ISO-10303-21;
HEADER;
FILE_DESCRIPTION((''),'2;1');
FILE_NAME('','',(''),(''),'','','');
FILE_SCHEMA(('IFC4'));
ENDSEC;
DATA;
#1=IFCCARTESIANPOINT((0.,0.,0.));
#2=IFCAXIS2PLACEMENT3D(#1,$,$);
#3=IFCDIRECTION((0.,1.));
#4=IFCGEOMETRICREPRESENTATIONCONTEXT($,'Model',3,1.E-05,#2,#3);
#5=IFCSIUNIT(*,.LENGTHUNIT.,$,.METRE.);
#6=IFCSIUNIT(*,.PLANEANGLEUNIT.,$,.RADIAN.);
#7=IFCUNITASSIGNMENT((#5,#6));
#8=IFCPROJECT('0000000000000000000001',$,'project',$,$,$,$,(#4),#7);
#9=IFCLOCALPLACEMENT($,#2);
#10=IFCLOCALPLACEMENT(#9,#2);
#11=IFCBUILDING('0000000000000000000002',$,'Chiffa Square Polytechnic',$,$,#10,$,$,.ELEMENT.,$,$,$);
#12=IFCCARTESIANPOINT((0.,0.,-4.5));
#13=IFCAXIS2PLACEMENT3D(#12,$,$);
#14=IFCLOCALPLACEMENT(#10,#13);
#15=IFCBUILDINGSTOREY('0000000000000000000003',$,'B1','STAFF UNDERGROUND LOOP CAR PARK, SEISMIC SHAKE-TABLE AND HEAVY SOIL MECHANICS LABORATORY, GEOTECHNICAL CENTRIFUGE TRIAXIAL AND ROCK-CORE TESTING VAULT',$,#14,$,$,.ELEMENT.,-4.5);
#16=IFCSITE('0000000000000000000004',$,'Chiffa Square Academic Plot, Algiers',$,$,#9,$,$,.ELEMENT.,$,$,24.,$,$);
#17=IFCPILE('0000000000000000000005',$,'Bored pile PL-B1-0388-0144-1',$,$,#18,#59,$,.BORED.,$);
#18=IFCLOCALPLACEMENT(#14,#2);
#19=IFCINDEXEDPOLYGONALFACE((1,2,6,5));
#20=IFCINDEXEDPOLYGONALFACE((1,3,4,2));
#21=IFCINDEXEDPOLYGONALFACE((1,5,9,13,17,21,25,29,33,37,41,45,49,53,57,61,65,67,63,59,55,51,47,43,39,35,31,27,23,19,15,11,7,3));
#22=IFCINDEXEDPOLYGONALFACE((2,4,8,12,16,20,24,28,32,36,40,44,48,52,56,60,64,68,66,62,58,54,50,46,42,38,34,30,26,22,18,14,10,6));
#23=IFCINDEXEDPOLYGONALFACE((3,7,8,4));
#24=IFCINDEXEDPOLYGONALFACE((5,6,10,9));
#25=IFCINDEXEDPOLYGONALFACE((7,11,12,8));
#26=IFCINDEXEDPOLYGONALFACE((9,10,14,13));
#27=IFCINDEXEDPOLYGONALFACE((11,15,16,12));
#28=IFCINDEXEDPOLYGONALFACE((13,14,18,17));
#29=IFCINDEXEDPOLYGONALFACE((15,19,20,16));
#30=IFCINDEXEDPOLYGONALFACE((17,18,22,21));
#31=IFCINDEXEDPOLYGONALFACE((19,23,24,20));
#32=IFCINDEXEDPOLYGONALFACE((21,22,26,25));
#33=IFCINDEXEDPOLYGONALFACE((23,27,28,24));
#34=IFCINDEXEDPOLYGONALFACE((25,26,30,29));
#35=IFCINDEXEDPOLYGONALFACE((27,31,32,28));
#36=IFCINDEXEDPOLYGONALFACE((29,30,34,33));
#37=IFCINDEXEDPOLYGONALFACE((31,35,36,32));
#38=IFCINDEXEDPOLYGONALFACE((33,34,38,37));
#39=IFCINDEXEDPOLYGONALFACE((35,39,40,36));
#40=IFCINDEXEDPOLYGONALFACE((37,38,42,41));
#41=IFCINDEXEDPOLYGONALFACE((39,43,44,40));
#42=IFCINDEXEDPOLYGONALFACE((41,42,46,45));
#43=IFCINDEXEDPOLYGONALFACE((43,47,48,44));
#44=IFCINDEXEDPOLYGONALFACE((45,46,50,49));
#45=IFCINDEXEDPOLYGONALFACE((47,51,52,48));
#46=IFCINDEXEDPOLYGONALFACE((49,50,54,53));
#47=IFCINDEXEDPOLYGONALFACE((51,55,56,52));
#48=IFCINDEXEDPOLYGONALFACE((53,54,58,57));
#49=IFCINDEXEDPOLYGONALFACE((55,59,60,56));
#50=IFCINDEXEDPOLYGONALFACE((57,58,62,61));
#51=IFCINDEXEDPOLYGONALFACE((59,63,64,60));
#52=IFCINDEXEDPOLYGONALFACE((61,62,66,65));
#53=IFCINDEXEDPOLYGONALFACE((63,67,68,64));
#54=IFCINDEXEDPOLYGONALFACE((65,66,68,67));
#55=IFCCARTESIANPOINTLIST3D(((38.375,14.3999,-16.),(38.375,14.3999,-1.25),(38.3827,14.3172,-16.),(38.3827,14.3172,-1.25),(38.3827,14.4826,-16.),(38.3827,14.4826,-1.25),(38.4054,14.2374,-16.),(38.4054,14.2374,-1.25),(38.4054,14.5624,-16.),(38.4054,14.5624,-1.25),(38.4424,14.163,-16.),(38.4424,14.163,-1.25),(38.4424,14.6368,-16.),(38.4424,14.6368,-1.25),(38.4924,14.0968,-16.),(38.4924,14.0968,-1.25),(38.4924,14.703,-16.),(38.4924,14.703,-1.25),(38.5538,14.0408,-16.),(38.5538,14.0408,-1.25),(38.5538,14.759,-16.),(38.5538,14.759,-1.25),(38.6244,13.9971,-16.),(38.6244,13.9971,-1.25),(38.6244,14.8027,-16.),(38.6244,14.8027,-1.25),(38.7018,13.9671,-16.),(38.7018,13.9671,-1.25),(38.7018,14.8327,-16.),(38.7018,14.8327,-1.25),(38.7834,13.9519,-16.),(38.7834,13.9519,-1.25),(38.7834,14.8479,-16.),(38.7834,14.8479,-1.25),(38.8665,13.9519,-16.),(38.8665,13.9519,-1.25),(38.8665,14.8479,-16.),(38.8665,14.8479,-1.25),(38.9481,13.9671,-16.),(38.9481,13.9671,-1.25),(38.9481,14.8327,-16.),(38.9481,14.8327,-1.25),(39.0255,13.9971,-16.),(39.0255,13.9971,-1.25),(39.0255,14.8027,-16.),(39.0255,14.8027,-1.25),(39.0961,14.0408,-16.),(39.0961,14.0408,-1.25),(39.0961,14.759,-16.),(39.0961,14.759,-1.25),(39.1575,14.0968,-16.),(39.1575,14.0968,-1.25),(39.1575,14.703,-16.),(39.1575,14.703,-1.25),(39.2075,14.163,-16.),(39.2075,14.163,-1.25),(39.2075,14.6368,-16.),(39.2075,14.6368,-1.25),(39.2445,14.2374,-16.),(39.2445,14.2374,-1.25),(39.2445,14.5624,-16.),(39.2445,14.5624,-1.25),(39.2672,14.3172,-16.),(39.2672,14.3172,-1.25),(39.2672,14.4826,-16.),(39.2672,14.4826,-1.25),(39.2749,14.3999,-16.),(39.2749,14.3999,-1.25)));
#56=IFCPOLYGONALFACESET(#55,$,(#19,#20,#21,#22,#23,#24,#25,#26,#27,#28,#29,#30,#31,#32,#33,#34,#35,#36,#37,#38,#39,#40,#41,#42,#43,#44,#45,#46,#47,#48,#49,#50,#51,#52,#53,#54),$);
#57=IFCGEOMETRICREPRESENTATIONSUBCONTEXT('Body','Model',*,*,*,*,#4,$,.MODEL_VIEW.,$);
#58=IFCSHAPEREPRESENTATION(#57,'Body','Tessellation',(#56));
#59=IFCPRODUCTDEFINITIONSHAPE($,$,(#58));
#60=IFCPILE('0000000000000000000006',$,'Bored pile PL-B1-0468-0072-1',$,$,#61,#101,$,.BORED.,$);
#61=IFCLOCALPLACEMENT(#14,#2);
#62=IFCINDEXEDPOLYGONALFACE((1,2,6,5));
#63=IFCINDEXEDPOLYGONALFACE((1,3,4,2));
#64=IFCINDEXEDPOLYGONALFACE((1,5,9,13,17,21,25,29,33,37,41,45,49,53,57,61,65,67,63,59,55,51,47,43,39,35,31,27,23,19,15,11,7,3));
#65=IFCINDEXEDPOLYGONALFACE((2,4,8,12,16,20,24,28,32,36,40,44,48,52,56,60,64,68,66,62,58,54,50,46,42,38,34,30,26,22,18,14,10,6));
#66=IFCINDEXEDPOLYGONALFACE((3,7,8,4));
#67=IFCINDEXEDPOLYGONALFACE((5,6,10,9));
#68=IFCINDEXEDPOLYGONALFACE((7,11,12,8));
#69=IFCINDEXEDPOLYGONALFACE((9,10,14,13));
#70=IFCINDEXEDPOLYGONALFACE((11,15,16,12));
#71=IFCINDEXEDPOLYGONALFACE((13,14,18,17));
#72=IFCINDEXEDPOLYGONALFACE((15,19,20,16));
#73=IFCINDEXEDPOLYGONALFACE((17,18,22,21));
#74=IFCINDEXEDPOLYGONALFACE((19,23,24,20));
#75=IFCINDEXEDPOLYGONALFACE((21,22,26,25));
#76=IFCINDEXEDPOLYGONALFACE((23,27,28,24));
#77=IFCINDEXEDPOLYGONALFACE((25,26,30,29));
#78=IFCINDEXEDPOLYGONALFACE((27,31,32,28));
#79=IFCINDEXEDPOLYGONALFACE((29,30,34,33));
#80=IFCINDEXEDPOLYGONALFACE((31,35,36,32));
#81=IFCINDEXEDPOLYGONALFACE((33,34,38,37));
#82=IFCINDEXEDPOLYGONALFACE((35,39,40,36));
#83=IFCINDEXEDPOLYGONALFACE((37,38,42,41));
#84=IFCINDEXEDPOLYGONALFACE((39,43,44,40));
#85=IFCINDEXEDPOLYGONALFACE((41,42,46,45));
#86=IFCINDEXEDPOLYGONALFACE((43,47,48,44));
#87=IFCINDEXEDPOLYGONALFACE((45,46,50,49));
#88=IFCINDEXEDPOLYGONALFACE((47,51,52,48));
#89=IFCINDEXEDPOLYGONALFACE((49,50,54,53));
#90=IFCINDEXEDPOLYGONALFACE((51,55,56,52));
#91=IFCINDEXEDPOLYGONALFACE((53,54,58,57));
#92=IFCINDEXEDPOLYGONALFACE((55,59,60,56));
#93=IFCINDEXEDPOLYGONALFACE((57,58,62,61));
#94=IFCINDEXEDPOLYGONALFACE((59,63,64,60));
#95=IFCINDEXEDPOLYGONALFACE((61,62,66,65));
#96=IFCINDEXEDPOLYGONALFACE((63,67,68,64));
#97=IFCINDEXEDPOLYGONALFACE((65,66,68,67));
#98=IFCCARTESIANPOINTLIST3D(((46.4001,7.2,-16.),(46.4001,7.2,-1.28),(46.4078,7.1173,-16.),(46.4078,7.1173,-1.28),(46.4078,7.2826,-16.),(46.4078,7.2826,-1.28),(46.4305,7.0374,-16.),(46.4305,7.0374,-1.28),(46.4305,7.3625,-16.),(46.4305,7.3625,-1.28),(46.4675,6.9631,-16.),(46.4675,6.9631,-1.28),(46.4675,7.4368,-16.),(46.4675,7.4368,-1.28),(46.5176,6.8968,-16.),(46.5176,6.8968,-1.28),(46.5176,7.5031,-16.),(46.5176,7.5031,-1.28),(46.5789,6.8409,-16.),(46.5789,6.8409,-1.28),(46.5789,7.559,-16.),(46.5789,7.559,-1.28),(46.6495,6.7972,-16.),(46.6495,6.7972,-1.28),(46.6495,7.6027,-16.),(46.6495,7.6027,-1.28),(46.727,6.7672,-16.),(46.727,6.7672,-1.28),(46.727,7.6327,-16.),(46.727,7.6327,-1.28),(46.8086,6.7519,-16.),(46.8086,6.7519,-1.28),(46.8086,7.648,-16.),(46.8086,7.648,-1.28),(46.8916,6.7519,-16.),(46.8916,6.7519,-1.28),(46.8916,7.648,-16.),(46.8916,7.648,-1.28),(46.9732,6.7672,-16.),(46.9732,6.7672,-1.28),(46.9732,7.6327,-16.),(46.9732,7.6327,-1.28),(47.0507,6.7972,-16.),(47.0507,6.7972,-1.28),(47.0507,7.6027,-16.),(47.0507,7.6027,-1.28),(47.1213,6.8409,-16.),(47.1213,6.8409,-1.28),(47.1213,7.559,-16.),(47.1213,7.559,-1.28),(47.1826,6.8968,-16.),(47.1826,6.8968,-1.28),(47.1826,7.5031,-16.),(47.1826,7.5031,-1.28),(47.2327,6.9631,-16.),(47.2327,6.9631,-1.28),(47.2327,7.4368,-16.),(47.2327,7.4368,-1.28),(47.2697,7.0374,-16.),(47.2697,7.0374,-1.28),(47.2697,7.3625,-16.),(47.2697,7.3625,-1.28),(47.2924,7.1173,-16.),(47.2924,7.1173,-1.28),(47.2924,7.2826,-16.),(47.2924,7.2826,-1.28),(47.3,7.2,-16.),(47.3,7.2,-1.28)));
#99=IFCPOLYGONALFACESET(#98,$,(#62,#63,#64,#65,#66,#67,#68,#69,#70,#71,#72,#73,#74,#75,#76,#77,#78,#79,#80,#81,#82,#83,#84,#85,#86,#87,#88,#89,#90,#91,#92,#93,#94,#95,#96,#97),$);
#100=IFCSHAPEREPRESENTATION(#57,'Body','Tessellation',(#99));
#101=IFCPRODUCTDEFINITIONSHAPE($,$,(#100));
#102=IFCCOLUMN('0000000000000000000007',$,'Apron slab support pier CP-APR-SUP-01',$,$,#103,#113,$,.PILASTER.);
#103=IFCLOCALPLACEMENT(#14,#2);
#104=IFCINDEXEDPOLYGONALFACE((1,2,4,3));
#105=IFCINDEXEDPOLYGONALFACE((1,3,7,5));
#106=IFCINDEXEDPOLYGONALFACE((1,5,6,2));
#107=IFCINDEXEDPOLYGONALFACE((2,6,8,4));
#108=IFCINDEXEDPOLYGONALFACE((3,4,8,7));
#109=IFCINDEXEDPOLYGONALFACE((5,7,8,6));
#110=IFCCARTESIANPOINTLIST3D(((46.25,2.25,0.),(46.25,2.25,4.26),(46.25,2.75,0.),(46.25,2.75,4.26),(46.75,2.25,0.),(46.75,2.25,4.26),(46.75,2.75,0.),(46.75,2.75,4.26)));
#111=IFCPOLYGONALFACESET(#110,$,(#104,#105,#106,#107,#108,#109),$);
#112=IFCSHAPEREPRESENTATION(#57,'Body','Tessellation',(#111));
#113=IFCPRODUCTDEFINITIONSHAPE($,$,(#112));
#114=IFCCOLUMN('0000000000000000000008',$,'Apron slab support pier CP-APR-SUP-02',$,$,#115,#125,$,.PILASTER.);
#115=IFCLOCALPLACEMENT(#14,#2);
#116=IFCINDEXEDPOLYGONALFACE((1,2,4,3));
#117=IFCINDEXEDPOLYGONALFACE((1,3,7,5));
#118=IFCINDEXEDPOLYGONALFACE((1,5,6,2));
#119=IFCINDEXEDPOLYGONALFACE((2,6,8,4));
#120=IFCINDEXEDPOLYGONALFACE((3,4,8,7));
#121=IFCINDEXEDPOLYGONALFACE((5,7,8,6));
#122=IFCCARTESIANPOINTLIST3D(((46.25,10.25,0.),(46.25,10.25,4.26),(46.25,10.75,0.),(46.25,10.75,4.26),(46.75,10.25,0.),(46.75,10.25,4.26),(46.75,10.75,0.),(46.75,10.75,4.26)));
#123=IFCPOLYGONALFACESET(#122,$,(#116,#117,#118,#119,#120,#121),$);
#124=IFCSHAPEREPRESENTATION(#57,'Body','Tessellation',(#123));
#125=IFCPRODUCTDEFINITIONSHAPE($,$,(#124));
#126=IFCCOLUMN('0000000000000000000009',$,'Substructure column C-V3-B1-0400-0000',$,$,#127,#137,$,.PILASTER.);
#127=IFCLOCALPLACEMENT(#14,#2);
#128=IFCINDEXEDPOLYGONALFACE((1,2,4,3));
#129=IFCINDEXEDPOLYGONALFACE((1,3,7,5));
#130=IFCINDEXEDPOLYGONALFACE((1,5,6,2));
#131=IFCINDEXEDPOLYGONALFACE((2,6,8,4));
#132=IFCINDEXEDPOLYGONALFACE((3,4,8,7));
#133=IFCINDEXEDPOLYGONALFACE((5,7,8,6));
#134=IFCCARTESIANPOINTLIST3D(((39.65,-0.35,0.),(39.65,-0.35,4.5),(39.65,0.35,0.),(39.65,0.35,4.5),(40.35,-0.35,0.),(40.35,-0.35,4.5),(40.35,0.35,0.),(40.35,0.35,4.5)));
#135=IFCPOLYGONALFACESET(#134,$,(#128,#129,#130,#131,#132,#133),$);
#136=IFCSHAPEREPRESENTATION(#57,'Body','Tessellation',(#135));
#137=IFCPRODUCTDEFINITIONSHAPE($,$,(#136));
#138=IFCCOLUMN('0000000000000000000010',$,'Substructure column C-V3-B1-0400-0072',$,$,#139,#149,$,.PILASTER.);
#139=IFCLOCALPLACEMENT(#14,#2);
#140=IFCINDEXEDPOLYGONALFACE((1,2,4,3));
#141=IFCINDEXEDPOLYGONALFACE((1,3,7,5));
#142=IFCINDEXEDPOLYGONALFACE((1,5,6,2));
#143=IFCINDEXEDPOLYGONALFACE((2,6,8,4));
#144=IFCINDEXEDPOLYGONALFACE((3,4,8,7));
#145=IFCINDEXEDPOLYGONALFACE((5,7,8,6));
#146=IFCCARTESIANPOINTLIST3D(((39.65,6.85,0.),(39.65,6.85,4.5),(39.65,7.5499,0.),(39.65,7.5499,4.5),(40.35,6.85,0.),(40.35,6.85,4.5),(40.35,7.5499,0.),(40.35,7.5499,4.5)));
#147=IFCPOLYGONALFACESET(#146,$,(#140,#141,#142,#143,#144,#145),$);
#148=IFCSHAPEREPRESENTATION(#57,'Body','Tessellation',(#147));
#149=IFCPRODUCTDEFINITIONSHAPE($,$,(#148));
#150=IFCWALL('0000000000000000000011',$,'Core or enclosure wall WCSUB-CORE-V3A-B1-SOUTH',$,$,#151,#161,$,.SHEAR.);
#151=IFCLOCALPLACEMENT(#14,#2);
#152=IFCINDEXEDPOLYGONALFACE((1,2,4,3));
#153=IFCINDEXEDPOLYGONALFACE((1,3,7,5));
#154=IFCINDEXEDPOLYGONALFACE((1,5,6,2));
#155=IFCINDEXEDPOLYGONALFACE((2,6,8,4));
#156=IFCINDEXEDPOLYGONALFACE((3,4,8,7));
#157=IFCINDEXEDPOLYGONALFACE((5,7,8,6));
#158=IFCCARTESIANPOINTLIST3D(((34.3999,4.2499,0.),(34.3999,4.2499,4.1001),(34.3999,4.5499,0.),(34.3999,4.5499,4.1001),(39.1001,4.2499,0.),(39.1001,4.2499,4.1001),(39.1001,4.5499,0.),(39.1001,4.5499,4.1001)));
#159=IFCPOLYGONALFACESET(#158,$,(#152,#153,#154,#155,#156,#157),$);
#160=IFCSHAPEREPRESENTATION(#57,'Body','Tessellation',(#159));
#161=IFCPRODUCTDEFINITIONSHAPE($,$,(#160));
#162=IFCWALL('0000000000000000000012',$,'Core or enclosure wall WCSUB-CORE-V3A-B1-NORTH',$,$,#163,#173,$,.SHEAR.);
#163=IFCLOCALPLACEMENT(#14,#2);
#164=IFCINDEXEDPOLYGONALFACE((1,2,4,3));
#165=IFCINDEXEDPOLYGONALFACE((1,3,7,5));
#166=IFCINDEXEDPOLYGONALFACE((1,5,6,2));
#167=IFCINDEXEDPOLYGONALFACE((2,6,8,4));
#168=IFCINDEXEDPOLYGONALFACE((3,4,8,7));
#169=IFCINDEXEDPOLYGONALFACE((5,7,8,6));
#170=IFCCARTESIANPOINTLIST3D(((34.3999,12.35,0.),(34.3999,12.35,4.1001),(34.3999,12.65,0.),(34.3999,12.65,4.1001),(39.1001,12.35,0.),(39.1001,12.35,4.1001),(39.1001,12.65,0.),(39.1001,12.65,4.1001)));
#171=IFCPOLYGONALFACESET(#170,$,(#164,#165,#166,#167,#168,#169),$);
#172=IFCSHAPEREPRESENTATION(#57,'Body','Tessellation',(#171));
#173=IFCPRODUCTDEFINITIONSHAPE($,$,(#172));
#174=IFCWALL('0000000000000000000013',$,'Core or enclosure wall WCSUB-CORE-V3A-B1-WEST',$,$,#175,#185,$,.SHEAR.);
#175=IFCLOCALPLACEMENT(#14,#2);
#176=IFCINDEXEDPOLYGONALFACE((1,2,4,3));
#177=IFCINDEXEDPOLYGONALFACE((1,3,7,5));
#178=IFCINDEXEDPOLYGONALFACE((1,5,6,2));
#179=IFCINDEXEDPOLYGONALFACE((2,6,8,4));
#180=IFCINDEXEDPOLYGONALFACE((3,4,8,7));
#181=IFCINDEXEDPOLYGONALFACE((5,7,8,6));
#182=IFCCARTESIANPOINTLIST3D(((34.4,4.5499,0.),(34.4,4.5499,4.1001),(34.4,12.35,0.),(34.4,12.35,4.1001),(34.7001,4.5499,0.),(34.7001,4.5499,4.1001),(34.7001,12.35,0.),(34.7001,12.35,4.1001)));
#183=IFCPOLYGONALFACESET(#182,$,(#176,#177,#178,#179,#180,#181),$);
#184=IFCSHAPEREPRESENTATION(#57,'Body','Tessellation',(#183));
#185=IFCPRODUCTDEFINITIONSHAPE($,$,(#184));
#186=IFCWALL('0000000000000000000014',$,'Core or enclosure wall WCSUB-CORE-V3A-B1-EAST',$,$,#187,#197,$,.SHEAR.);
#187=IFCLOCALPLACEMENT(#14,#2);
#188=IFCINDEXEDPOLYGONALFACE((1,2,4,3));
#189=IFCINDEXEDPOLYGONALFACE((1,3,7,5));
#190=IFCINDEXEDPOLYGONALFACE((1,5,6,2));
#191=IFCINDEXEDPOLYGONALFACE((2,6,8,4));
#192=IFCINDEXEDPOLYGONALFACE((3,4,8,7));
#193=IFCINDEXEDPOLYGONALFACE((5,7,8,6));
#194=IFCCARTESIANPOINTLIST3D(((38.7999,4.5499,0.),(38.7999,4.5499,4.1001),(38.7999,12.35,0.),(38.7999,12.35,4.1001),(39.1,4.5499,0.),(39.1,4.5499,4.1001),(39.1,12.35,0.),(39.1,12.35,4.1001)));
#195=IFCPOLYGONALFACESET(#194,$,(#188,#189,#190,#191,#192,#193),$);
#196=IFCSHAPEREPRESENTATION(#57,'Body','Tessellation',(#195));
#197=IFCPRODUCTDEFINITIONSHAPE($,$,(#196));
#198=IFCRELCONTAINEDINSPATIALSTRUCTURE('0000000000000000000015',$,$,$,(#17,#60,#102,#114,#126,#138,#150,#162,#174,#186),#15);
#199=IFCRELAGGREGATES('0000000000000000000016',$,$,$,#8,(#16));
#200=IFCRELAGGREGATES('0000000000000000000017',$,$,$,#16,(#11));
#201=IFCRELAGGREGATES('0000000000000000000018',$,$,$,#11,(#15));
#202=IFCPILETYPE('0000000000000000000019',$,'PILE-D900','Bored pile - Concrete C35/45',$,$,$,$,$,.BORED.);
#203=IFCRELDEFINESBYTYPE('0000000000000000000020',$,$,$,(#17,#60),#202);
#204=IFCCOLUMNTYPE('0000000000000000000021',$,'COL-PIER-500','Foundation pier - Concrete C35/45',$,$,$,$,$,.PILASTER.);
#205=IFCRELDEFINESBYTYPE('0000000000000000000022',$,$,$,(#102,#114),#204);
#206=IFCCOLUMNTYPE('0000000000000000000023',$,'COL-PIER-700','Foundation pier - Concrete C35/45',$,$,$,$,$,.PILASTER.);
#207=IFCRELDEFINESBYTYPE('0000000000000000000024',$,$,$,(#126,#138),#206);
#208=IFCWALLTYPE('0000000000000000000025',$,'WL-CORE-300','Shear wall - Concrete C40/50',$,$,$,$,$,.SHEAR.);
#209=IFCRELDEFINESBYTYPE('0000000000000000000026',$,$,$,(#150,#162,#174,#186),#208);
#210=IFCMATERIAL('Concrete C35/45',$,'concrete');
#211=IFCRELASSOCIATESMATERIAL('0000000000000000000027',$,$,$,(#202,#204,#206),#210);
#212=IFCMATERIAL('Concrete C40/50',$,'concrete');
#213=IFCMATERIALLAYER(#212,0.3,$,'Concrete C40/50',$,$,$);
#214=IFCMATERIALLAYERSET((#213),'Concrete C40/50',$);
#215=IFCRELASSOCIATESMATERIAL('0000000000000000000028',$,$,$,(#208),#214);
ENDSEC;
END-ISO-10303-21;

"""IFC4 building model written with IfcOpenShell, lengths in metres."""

from ifc_helpers import new_model, si_unit, direction, frame, frame_2d, origin, origin_2d, place, context, subcontext, project, spatial, rectangle, circle, extrude, material, layer, layer_set, material_profile, profile_set, type_object, element, save


model = new_model("IFC4")

# Units and contexts
model_context = context("Model", 3, precision=1e-05, world=origin(), true_north=direction((0.0, 1.0)))
body_context = subcontext(model_context, "Body", "Model", "MODEL_VIEW")
ifc_project = project(units=[si_unit("LENGTHUNIT", "METRE"), si_unit("PLANEANGLEUNIT", "RADIAN")], contexts=[model_context])

# Site, building, storey
site_placement = place(None, origin())
site = spatial("IfcSite", under=ifc_project, at=site_placement, Name="Chiffa Square Academic Plot, Algiers", CompositionType="ELEMENT", RefElevation=24.0)
building_placement = place(site_placement, origin())
building = spatial("IfcBuilding", under=site, at=building_placement, Name="Chiffa Square Polytechnic", CompositionType="ELEMENT")
storey_placement = place(building_placement, frame((0.0, 0.0, -4.5)))
storey = spatial("IfcBuildingStorey", under=building, at=storey_placement, Name="B1", Description="STAFF UNDERGROUND LOOP CAR PARK, SEISMIC SHAKE-TABLE AND HEAVY SOIL MECHANICS LABORATORY, GEOTECHNICAL CENTRIFUGE TRIAXIAL AND ROCK-CORE TESTING VAULT", CompositionType="ELEMENT", Elevation=-4.5)

# Shared definitions
ifc_material_1 = material(Name="Concrete C35/45", Category="concrete")

# Piles
ifc_material_profile_1 = material_profile(ifc_material_1, circle(Radius=0.45, at=origin_2d()), Name="PILE D900")
ifc_profile_set_1 = profile_set([ifc_material_profile_1], Name="Concrete C35/45")
pile_type_1 = type_object("IfcPileType", Name="PILE-D900", Description="Bored pile - Concrete C35/45", PredefinedType="BORED", material=ifc_profile_set_1)
pile_1_placement = place(storey_placement, frame((38.825, 14.3999, -1.25), z_axis=(0.0, 0.0, -1.0), x_axis=(1.0, 0.0, 0.0)))
element("IfcPile", 1, at=pile_1_placement, inside=storey, type_object=pile_type_1, Name="Bored pile PL-B1-0388-0144-1", PredefinedType="BORED", context=body_context, shape_type="SweptSolid", body=[
    extrude(circle(Radius=0.45, at=origin_2d()), origin(), (0.0, 0.0, 1.0), 14.75),
])
pile_2_placement = place(storey_placement, frame((46.8501, 7.2, -1.28), z_axis=(0.0, 0.0, -1.0), x_axis=(1.0, 0.0, 0.0)))
element("IfcPile", 2, at=pile_2_placement, inside=storey, type_object=pile_type_1, Name="Bored pile PL-B1-0468-0072-1", PredefinedType="BORED", context=body_context, shape_type="SweptSolid", body=[
    extrude(circle(Radius=0.45, at=origin_2d()), origin(), (0.0, 0.0, 1.0), 14.72),
])

# Columns
ifc_material_profile_2 = material_profile(ifc_material_1, rectangle(XDim=0.5, YDim=0.5, at=origin_2d()), Name="RC 500x500")
ifc_profile_set_2 = profile_set([ifc_material_profile_2], Name="Concrete C35/45")
column_type_1 = type_object("IfcColumnType", Name="COL-PIER-500", Description="Foundation pier - Concrete C35/45", PredefinedType="PILASTER", material=ifc_profile_set_2)
for number, where, z_axis, x_axis, name in (
    (3, (46.5, 2.5, 0.0), (0.0, 0.0, 1.0), (1.0, 0.0, 0.0), "Apron slab support pier CP-APR-SUP-01"),
    (4, (46.5, 10.5, 0.0), (0.0, 0.0, 1.0), (1.0, 0.0, 0.0), "Apron slab support pier CP-APR-SUP-02"),
):
    element("IfcColumn", number, at=place(storey_placement, frame(where, z_axis=z_axis, x_axis=x_axis)), inside=storey, type_object=column_type_1, Name=name, PredefinedType="PILASTER", context=body_context, shape_type="SweptSolid", body=[
        extrude(rectangle(XDim=0.5, YDim=0.5, at=origin_2d()), origin(), (0.0, 0.0, 1.0), 4.26),
    ])
ifc_material_profile_3 = material_profile(ifc_material_1, rectangle(XDim=0.7, YDim=0.7, at=origin_2d()), Name="RC 700x700")
ifc_profile_set_3 = profile_set([ifc_material_profile_3], Name="Concrete C35/45")
column_type_2 = type_object("IfcColumnType", Name="COL-PIER-700", Description="Foundation pier - Concrete C35/45", PredefinedType="PILASTER", material=ifc_profile_set_3)
for number, where, z_axis, x_axis, name in (
    (5, (40.0, 0.0, 0.0), (0.0, 0.0, 1.0), (1.0, 0.0, 0.0), "Substructure column C-V3-B1-0400-0000"),
    (6, (40.0, 7.2, 0.0), (0.0, 0.0, 1.0), (1.0, 0.0, 0.0), "Substructure column C-V3-B1-0400-0072"),
):
    element("IfcColumn", number, at=place(storey_placement, frame(where, z_axis=z_axis, x_axis=x_axis)), inside=storey, type_object=column_type_2, Name=name, PredefinedType="PILASTER", context=body_context, shape_type="SweptSolid", body=[
        extrude(rectangle(XDim=0.7, YDim=0.7, at=origin_2d()), origin(), (0.0, 0.0, 1.0), 4.5),
    ])

# Walls
ifc_material_2 = material(Name="Concrete C40/50", Category="concrete")
ifc_layer_1 = layer(ifc_material_2, 0.3, Name="Concrete C40/50")
ifc_layer_set_1 = layer_set([ifc_layer_1], Name="Concrete C40/50")
wall_type = type_object("IfcWallType", Name="WL-CORE-300", Description="Shear wall - Concrete C40/50", PredefinedType="SHEAR", material=ifc_layer_set_1)
for number, where, z_axis, x_axis, name in (
    (7, (34.3999, 4.3999, 0.0), (0.0, 0.0, 1.0), (1.0, 0.0, 0.0), "Core or enclosure wall WCSUB-CORE-V3A-B1-SOUTH"),
    (8, (34.3999, 12.5, 0.0), (0.0, 0.0, 1.0), (1.0, 0.0, 0.0), "Core or enclosure wall WCSUB-CORE-V3A-B1-NORTH"),
):
    element("IfcWall", number, at=place(storey_placement, frame(where, z_axis=z_axis, x_axis=x_axis)), inside=storey, type_object=wall_type, Name=name, PredefinedType="SHEAR", context=body_context, shape_type="SweptSolid", body=[
        extrude(rectangle(XDim=4.7002, YDim=0.3, at=frame_2d((2.3501, 0.0))), origin(), (0.0, 0.0, 1.0), 4.1001),
    ])
for number, where, z_axis, x_axis, name in (
    (9, (34.55, 4.55, 0.0), (0.0, 0.0, 1.0), (0.0, 1.0, 0.0), "Core or enclosure wall WCSUB-CORE-V3A-B1-WEST"),
    (10, (38.95, 4.55, 0.0), (0.0, 0.0, 1.0), (0.0, 1.0, 0.0), "Core or enclosure wall WCSUB-CORE-V3A-B1-EAST"),
):
    element("IfcWall", number, at=place(storey_placement, frame(where, z_axis=z_axis, x_axis=x_axis)), inside=storey, type_object=wall_type, Name=name, PredefinedType="SHEAR", context=body_context, shape_type="SweptSolid", body=[
        extrude(rectangle(XDim=7.8, YDim=0.3, at=frame_2d((3.8999, 0.0))), origin(), (0.0, 0.0, 1.0), 4.1001),
    ])

save(model, "model.ifc")
